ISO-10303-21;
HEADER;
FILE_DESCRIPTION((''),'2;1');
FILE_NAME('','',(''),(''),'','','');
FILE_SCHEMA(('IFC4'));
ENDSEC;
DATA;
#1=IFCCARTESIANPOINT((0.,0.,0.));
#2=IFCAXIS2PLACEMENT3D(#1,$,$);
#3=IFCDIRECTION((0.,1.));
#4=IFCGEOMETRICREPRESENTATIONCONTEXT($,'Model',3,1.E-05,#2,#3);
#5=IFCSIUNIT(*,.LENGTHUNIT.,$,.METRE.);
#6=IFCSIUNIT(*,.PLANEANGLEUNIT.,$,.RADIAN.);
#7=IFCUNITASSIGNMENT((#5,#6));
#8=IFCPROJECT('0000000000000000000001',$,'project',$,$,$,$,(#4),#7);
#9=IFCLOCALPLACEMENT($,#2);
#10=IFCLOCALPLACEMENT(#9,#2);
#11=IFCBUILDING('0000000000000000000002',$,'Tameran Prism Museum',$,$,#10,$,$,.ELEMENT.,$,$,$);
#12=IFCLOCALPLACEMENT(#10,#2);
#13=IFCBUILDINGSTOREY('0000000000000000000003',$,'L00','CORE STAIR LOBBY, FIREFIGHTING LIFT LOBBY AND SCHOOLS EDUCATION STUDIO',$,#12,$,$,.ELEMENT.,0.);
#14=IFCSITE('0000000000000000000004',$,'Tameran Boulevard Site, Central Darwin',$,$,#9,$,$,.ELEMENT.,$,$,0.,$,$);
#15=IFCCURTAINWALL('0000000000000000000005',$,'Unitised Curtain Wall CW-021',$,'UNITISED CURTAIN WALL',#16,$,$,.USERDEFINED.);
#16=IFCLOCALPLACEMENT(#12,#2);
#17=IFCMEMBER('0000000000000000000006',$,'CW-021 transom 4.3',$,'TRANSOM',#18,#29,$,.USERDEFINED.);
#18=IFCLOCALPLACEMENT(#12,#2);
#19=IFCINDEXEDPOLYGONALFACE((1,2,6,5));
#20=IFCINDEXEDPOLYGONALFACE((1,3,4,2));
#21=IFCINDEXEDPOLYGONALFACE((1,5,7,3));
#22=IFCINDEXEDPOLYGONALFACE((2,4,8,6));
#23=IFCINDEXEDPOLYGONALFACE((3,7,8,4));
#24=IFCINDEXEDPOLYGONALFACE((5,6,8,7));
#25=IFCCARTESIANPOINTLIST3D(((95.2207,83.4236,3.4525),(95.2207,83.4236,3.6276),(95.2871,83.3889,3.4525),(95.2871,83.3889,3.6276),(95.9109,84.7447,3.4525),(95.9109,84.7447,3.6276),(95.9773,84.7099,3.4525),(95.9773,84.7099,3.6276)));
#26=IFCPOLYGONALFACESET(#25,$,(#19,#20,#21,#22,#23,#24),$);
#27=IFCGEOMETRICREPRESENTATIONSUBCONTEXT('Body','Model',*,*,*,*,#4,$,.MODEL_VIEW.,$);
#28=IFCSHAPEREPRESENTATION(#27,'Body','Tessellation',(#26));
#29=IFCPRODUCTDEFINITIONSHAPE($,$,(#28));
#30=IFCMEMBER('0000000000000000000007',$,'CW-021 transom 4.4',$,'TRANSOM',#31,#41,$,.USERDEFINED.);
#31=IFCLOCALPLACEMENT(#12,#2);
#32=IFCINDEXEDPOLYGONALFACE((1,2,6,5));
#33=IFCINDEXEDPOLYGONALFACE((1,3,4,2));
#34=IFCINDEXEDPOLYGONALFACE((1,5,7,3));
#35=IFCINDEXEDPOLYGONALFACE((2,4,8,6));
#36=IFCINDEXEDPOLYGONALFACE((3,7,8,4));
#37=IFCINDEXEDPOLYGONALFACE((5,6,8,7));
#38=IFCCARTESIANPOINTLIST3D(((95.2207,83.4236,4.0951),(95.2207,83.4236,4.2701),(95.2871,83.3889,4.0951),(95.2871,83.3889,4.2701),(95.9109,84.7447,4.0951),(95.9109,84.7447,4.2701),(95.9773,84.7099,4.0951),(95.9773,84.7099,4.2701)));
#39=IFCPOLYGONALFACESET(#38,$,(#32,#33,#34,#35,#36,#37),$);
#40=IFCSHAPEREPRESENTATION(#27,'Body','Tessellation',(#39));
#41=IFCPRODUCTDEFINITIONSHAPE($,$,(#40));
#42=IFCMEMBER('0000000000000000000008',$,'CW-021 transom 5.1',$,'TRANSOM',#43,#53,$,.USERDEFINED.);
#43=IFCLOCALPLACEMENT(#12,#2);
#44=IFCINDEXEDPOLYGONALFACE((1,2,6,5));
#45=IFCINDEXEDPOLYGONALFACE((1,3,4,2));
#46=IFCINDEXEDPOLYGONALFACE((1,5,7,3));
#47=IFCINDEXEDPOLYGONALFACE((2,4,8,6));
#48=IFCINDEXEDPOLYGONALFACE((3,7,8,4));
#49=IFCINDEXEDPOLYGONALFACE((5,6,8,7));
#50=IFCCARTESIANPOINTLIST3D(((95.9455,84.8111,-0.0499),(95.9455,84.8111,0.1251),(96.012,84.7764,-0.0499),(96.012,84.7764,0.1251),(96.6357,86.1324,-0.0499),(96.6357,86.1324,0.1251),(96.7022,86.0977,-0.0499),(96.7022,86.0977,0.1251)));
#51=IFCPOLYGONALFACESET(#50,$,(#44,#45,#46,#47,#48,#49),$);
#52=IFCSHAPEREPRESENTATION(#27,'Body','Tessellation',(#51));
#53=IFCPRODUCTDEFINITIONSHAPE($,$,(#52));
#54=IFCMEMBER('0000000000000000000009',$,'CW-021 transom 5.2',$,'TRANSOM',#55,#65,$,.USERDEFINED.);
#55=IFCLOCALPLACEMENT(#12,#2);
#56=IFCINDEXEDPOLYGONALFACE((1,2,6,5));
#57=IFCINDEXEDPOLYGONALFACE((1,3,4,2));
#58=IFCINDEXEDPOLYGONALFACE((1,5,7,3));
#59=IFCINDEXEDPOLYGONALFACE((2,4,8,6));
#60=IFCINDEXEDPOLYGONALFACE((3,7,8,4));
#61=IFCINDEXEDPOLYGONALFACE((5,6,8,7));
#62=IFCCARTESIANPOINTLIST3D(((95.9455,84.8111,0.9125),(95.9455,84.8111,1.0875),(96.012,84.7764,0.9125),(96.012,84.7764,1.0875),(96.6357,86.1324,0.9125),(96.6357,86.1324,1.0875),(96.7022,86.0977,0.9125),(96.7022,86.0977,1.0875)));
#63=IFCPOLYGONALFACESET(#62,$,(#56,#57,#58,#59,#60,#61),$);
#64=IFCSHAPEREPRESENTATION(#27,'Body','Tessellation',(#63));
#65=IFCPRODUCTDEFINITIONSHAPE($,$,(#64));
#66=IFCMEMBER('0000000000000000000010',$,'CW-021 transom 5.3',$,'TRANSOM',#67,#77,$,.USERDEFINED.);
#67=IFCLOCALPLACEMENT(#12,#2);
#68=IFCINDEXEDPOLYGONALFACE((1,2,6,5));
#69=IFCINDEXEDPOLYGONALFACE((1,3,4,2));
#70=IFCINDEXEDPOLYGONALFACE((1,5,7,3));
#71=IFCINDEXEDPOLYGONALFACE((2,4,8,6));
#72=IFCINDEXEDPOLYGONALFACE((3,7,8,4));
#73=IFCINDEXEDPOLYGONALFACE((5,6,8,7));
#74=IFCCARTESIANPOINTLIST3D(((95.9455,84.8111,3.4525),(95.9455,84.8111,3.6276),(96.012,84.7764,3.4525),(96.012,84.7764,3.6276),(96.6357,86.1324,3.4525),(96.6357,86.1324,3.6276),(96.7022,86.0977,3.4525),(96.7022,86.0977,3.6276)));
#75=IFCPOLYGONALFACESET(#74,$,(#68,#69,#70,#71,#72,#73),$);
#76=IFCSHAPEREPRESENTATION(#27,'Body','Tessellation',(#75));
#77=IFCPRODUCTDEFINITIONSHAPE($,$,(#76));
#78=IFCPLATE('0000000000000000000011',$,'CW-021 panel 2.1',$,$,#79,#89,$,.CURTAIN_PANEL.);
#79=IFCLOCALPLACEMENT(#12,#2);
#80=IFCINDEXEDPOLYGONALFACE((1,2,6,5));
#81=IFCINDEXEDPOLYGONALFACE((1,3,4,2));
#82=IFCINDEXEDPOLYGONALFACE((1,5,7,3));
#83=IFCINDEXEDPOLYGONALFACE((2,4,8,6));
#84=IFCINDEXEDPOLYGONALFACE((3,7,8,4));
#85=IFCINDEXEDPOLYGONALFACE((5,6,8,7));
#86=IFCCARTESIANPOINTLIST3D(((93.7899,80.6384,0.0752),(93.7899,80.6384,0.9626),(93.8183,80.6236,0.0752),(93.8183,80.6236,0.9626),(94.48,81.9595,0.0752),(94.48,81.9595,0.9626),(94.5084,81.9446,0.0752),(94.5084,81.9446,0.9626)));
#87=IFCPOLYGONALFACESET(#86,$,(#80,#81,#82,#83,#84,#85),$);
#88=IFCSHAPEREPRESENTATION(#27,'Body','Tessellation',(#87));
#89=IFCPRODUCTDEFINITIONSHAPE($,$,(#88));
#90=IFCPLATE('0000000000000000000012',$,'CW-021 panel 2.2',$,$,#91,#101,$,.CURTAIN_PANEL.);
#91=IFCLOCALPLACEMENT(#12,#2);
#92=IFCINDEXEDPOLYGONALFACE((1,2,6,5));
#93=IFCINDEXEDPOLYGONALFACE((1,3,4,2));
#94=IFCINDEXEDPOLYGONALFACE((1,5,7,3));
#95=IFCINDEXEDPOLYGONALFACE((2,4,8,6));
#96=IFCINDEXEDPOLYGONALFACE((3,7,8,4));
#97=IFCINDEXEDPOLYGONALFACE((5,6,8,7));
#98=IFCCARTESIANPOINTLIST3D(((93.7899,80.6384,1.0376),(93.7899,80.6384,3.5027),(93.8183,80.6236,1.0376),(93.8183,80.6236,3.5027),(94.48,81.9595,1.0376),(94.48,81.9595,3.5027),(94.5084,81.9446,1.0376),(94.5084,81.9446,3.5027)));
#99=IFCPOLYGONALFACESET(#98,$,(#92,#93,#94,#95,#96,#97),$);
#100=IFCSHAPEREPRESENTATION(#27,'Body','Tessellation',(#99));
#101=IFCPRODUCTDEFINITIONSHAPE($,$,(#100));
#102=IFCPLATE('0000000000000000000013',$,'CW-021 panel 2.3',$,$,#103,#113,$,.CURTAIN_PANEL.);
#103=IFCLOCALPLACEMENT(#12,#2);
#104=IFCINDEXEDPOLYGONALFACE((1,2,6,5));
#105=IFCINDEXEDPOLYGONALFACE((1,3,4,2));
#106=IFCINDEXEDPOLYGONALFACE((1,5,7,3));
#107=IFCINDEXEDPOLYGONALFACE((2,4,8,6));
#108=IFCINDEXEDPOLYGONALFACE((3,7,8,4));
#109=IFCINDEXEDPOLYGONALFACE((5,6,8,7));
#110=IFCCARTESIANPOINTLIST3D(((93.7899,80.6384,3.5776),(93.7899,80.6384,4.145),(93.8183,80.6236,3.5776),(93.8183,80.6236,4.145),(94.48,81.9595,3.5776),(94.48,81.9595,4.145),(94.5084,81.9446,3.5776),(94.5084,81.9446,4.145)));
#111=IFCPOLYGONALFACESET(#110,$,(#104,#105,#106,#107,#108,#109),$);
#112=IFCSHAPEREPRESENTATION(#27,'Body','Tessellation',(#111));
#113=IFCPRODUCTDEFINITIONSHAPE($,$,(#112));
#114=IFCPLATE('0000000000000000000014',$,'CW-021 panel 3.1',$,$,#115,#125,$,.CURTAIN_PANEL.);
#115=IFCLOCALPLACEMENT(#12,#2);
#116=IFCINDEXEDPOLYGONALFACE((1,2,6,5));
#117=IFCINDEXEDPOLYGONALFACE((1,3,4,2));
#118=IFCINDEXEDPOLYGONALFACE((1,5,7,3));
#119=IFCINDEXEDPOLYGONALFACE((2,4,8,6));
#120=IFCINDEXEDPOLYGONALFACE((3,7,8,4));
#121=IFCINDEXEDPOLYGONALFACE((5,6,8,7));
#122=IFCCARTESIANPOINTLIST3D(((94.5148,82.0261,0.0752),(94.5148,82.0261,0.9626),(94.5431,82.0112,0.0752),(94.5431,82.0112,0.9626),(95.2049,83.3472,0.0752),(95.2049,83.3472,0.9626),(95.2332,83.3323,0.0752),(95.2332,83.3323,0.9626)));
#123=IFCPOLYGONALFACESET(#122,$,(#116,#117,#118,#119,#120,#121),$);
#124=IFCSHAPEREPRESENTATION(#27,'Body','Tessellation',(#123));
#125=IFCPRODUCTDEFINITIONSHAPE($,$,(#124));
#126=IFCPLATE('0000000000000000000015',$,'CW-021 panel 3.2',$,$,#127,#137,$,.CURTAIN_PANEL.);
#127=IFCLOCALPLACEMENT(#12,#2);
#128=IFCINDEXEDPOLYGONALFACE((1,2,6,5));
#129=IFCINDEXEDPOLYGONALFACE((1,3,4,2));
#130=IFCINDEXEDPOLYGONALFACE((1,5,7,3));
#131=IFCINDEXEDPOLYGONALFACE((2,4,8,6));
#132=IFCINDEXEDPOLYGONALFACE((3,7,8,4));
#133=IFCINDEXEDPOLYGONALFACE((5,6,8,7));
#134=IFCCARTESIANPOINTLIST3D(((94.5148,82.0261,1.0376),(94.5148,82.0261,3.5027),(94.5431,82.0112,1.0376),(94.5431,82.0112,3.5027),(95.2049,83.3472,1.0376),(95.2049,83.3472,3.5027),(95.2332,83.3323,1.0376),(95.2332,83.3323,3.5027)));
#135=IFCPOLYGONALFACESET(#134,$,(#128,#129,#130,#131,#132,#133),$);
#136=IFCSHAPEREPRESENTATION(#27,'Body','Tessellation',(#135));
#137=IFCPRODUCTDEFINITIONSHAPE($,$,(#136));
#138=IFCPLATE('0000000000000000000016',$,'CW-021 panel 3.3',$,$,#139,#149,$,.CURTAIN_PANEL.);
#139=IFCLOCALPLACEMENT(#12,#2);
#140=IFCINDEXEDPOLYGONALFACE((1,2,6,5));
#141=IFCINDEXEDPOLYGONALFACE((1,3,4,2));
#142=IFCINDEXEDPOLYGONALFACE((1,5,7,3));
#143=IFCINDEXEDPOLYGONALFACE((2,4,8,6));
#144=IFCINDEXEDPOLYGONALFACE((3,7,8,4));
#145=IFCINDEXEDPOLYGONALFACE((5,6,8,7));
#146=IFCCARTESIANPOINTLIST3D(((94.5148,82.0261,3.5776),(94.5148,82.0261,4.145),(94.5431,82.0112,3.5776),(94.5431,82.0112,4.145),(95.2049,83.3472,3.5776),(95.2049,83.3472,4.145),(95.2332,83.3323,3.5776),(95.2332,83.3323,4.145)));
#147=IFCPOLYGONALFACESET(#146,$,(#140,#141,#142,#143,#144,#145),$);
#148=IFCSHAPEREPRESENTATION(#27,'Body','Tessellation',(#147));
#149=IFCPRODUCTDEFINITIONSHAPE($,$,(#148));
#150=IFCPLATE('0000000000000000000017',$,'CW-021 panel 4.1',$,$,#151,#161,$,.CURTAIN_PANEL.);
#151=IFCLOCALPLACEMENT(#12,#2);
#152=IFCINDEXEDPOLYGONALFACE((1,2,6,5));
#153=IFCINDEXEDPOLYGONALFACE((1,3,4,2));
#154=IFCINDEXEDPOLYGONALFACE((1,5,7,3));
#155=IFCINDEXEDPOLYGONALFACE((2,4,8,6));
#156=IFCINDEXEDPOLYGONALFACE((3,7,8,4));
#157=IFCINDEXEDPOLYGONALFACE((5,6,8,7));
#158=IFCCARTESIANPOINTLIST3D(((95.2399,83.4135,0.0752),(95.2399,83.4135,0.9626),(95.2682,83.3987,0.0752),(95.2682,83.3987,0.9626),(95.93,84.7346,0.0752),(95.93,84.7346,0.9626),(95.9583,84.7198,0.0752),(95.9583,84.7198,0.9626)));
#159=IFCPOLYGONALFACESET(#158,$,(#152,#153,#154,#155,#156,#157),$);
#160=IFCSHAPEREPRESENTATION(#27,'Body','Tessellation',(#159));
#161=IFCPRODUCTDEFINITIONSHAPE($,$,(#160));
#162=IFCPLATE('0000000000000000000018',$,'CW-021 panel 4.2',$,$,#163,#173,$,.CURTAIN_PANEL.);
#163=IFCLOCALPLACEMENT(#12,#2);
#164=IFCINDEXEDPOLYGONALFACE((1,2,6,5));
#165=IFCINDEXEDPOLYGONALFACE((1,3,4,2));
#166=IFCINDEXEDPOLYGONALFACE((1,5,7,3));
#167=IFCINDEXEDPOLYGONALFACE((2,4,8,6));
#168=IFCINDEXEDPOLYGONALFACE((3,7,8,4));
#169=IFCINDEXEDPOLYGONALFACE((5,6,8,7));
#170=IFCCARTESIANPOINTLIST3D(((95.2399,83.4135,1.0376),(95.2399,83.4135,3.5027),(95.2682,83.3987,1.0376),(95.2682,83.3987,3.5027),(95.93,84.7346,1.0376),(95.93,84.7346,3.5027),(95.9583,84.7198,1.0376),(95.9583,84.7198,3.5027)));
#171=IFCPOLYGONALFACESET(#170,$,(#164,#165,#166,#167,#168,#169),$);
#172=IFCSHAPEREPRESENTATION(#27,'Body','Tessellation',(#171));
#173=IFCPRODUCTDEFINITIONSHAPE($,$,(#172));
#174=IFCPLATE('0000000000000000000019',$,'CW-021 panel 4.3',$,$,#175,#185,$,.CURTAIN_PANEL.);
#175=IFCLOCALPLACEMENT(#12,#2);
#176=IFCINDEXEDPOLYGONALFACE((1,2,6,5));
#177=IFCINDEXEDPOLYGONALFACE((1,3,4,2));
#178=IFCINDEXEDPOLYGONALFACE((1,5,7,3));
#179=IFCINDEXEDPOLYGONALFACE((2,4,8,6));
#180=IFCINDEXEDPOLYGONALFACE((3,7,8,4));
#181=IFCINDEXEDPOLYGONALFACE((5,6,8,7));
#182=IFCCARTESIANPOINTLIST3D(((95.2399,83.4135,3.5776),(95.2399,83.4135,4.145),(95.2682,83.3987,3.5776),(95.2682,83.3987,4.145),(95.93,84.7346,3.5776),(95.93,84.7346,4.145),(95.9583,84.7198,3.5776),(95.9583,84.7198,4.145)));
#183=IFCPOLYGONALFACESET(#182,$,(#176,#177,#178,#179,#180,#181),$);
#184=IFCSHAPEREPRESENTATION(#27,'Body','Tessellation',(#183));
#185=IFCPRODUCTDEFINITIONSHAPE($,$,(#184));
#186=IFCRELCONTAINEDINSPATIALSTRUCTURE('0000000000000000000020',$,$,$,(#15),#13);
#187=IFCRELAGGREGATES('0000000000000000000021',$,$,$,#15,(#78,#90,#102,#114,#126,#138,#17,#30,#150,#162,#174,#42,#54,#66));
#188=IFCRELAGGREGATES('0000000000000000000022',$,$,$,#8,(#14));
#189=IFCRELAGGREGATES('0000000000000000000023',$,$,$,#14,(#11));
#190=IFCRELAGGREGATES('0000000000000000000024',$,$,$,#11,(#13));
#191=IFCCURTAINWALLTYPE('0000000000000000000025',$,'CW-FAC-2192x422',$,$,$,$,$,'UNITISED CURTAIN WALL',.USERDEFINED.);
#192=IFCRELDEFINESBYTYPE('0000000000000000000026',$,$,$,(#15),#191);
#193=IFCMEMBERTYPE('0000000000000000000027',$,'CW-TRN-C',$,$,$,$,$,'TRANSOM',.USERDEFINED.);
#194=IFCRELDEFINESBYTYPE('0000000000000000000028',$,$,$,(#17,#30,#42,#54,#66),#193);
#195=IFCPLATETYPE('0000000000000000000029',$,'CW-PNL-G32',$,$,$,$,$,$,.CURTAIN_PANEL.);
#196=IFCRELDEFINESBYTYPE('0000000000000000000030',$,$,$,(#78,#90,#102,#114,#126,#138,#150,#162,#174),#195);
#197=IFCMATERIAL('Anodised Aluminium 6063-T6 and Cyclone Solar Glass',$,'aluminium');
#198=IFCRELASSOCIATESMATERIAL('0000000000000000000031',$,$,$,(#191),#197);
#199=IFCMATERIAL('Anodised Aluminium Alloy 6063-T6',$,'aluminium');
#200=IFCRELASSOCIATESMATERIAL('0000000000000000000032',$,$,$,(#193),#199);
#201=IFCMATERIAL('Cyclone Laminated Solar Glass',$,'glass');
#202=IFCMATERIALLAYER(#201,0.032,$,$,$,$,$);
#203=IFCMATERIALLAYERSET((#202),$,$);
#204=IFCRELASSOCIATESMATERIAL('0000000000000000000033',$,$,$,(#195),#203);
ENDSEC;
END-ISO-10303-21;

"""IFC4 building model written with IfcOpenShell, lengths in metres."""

from ifc_helpers import new_model, si_unit, direction, frame, origin, origin_2d, place, context, subcontext, project, spatial, rectangle, extrude, material, layer, layer_set, material_profile, profile_set, type_object, element, aggregate, save


model = new_model("IFC4")

# Units and contexts
model_context = context("Model", 3, precision=1e-05, world=origin(), true_north=direction((0.0, 1.0)))
body_context = subcontext(model_context, "Body", "Model", "MODEL_VIEW")
ifc_project = project(units=[si_unit("LENGTHUNIT", "METRE"), si_unit("PLANEANGLEUNIT", "RADIAN")], contexts=[model_context])

# Site, building, storey
site_placement = place(None, origin())
site = spatial("IfcSite", under=ifc_project, at=site_placement, Name="Tameran Boulevard Site, Central Darwin", CompositionType="ELEMENT", RefElevation=0.0)
building_placement = place(site_placement, origin())
building = spatial("IfcBuilding", under=site, at=building_placement, Name="Tameran Prism Museum", CompositionType="ELEMENT")
storey_placement = place(building_placement, origin())
storey = spatial("IfcBuildingStorey", under=building, at=storey_placement, Name="L00", Description="CORE STAIR LOBBY, FIREFIGHTING LIFT LOBBY AND SCHOOLS EDUCATION STUDIO", CompositionType="ELEMENT", Elevation=0.0)

# Curtain wall, members, plates
ifc_material_1 = material(Name="Anodised Aluminium 6063-T6 and Cyclone Solar Glass", Category="aluminium")
curtain_wall_type = type_object("IfcCurtainWallType", Name="CW-FAC-2192x422", ElementType="UNITISED CURTAIN WALL", PredefinedType="USERDEFINED", material=ifc_material_1)
curtain_wall_placement = place(storey_placement, origin())
curtain_wall = element("IfcCurtainWall", 1, at=curtain_wall_placement, inside=storey, type_object=curtain_wall_type, Name="Unitised Curtain Wall CW-021", ObjectType="UNITISED CURTAIN WALL", PredefinedType="USERDEFINED")
ifc_material_2 = material(Name="Anodised Aluminium Alloy 6063-T6", Category="aluminium")
ifc_material_profile_1 = material_profile(ifc_material_2, rectangle(XDim=0.075, YDim=0.175, at=origin_2d()))
ifc_profile_set_1 = profile_set([ifc_material_profile_1])
member_type_1 = type_object("IfcMemberType", Name="CW-TRN-C", ElementType="TRANSOM", PredefinedType="USERDEFINED", material=ifc_profile_set_1)
member_1_placement = place(storey_placement, frame((95.2539, 83.4062, 3.54), z_axis=(0.463064, 0.886325, 0.0), x_axis=(-0.886325, 0.463064, 0.0)))
member_1 = element("IfcMember", 2, at=member_1_placement, type_object=member_type_1, Name="CW-021 transom 4.3", ObjectType="TRANSOM", PredefinedType="USERDEFINED", context=body_context, shape_type="SweptSolid", body=[
    extrude(rectangle(XDim=0.075, YDim=0.175, at=origin_2d()), origin(), (0.0, 0.0, 1.0), 1.4905),
])
member_2_placement = place(storey_placement, frame((95.2539, 83.4062, 4.1826), z_axis=(0.463064, 0.886325, 0.0), x_axis=(-0.886325, 0.463064, 0.0)))
member_2 = element("IfcMember", 3, at=member_2_placement, type_object=member_type_1, Name="CW-021 transom 4.4", ObjectType="TRANSOM", PredefinedType="USERDEFINED", context=body_context, shape_type="SweptSolid", body=[
    extrude(rectangle(XDim=0.075, YDim=0.175, at=origin_2d()), origin(), (0.0, 0.0, 1.0), 1.4905),
])
member_3_placement = place(storey_placement, frame((95.9788, 84.7937, 0.0376), z_axis=(0.462997, 0.88636, 0.0), x_axis=(-0.88636, 0.462997, 0.0)))
member_3 = element("IfcMember", 4, at=member_3_placement, type_object=member_type_1, Name="CW-021 transom 5.1", ObjectType="TRANSOM", PredefinedType="USERDEFINED", context=body_context, shape_type="SweptSolid", body=[
    extrude(rectangle(XDim=0.075, YDim=0.175, at=origin_2d()), origin(), (0.0, 0.0, 1.0), 1.4907),
])
member_4_placement = place(storey_placement, frame((95.9788, 84.7937, 1.0), z_axis=(0.462997, 0.88636, 0.0), x_axis=(-0.88636, 0.462997, 0.0)))
member_4 = element("IfcMember", 5, at=member_4_placement, type_object=member_type_1, Name="CW-021 transom 5.2", ObjectType="TRANSOM", PredefinedType="USERDEFINED", context=body_context, shape_type="SweptSolid", body=[
    extrude(rectangle(XDim=0.075, YDim=0.175, at=origin_2d()), origin(), (0.0, 0.0, 1.0), 1.4907),
])
member_5_placement = place(storey_placement, frame((95.9788, 84.7937, 3.54), z_axis=(0.462997, 0.88636, 0.0), x_axis=(-0.88636, 0.462997, 0.0)))
member_5 = element("IfcMember", 6, at=member_5_placement, type_object=member_type_1, Name="CW-021 transom 5.3", ObjectType="TRANSOM", PredefinedType="USERDEFINED", context=body_context, shape_type="SweptSolid", body=[
    extrude(rectangle(XDim=0.075, YDim=0.175, at=origin_2d()), origin(), (0.0, 0.0, 1.0), 1.4907),
])
ifc_material_3 = material(Name="Cyclone Laminated Solar Glass", Category="glass")
ifc_layer = layer(ifc_material_3, 0.032)
ifc_layer_set = layer_set([ifc_layer])
plate_type = type_object("IfcPlateType", Name="CW-PNL-G32", PredefinedType="CURTAIN_PANEL", material=ifc_layer_set)
plate_1_placement = place(storey_placement, frame((94.1492, 81.2915, 0.0752), z_axis=(0.0, 0.0, 1.0), x_axis=(0.463003, 0.886357, 0.0)))
plate_1 = element("IfcPlate", 7, at=plate_1_placement, type_object=plate_type, Name="CW-021 panel 2.1", PredefinedType="CURTAIN_PANEL", context=body_context, shape_type="SweptSolid", body=[
    extrude(rectangle(XDim=1.4905, YDim=0.032, at=origin_2d()), origin(), (0.0, 0.0, 1.0), 0.8875),
])
plate_2_placement = place(storey_placement, frame((94.1492, 81.2915, 1.0376), z_axis=(0.0, 0.0, 1.0), x_axis=(0.463003, 0.886357, 0.0)))
plate_2 = element("IfcPlate", 8, at=plate_2_placement, type_object=plate_type, Name="CW-021 panel 2.2", PredefinedType="CURTAIN_PANEL", context=body_context, shape_type="SweptSolid", body=[
    extrude(rectangle(XDim=1.4905, YDim=0.032, at=origin_2d()), origin(), (0.0, 0.0, 1.0), 2.4651),
])
plate_3_placement = place(storey_placement, frame((94.1492, 81.2915, 3.5776), z_axis=(0.0, 0.0, 1.0), x_axis=(0.463003, 0.886357, 0.0)))
plate_3 = element("IfcPlate", 9, at=plate_3_placement, type_object=plate_type, Name="CW-021 panel 2.3", PredefinedType="CURTAIN_PANEL", context=body_context, shape_type="SweptSolid", body=[
    extrude(rectangle(XDim=1.4905, YDim=0.032, at=origin_2d()), origin(), (0.0, 0.0, 1.0), 0.5674),
])
plate_4_placement = place(storey_placement, frame((94.874, 82.6792, 0.0752), z_axis=(0.0, 0.0, 1.0), x_axis=(0.463003, 0.886357, 0.0)))
plate_4 = element("IfcPlate", 10, at=plate_4_placement, type_object=plate_type, Name="CW-021 panel 3.1", PredefinedType="CURTAIN_PANEL", context=body_context, shape_type="SweptSolid", body=[
    extrude(rectangle(XDim=1.4905, YDim=0.032, at=origin_2d()), origin(), (0.0, 0.0, 1.0), 0.8875),
])
plate_5_placement = place(storey_placement, frame((94.874, 82.6792, 1.0376), z_axis=(0.0, 0.0, 1.0), x_axis=(0.463003, 0.886357, 0.0)))
plate_5 = element("IfcPlate", 11, at=plate_5_placement, type_object=plate_type, Name="CW-021 panel 3.2", PredefinedType="CURTAIN_PANEL", context=body_context, shape_type="SweptSolid", body=[
    extrude(rectangle(XDim=1.4905, YDim=0.032, at=origin_2d()), origin(), (0.0, 0.0, 1.0), 2.4651),
])
plate_6_placement = place(storey_placement, frame((94.874, 82.6792, 3.5776), z_axis=(0.0, 0.0, 1.0), x_axis=(0.463003, 0.886357, 0.0)))
plate_6 = element("IfcPlate", 12, at=plate_6_placement, type_object=plate_type, Name="CW-021 panel 3.3", PredefinedType="CURTAIN_PANEL", context=body_context, shape_type="SweptSolid", body=[
    extrude(rectangle(XDim=1.4905, YDim=0.032, at=origin_2d()), origin(), (0.0, 0.0, 1.0), 0.5674),
])
plate_7_placement = place(storey_placement, frame((95.5991, 84.0667, 0.0752), z_axis=(0.0, 0.0, 1.0), x_axis=(0.463003, 0.886357, 0.0)))
plate_7 = element("IfcPlate", 13, at=plate_7_placement, type_object=plate_type, Name="CW-021 panel 4.1", PredefinedType="CURTAIN_PANEL", context=body_context, shape_type="SweptSolid", body=[
    extrude(rectangle(XDim=1.4905, YDim=0.032, at=origin_2d()), origin(), (0.0, 0.0, 1.0), 0.8875),
])
plate_8_placement = place(storey_placement, frame((95.5991, 84.0667, 1.0376), z_axis=(0.0, 0.0, 1.0), x_axis=(0.463003, 0.886357, 0.0)))
plate_8 = element("IfcPlate", 14, at=plate_8_placement, type_object=plate_type, Name="CW-021 panel 4.2", PredefinedType="CURTAIN_PANEL", context=body_context, shape_type="SweptSolid", body=[
    extrude(rectangle(XDim=1.4905, YDim=0.032, at=origin_2d()), origin(), (0.0, 0.0, 1.0), 2.4651),
])
plate_9_placement = place(storey_placement, frame((95.5991, 84.0667, 3.5776), z_axis=(0.0, 0.0, 1.0), x_axis=(0.463003, 0.886357, 0.0)))
plate_9 = element("IfcPlate", 15, at=plate_9_placement, type_object=plate_type, Name="CW-021 panel 4.3", PredefinedType="CURTAIN_PANEL", context=body_context, shape_type="SweptSolid", body=[
    extrude(rectangle(XDim=1.4905, YDim=0.032, at=origin_2d()), origin(), (0.0, 0.0, 1.0), 0.5674),
])
aggregate(curtain_wall, [plate_1, plate_2, plate_3, plate_4, plate_5, plate_6, member_1, member_2, plate_7, plate_8, plate_9, member_3, member_4, member_5])

save(model, "model.ifc")
